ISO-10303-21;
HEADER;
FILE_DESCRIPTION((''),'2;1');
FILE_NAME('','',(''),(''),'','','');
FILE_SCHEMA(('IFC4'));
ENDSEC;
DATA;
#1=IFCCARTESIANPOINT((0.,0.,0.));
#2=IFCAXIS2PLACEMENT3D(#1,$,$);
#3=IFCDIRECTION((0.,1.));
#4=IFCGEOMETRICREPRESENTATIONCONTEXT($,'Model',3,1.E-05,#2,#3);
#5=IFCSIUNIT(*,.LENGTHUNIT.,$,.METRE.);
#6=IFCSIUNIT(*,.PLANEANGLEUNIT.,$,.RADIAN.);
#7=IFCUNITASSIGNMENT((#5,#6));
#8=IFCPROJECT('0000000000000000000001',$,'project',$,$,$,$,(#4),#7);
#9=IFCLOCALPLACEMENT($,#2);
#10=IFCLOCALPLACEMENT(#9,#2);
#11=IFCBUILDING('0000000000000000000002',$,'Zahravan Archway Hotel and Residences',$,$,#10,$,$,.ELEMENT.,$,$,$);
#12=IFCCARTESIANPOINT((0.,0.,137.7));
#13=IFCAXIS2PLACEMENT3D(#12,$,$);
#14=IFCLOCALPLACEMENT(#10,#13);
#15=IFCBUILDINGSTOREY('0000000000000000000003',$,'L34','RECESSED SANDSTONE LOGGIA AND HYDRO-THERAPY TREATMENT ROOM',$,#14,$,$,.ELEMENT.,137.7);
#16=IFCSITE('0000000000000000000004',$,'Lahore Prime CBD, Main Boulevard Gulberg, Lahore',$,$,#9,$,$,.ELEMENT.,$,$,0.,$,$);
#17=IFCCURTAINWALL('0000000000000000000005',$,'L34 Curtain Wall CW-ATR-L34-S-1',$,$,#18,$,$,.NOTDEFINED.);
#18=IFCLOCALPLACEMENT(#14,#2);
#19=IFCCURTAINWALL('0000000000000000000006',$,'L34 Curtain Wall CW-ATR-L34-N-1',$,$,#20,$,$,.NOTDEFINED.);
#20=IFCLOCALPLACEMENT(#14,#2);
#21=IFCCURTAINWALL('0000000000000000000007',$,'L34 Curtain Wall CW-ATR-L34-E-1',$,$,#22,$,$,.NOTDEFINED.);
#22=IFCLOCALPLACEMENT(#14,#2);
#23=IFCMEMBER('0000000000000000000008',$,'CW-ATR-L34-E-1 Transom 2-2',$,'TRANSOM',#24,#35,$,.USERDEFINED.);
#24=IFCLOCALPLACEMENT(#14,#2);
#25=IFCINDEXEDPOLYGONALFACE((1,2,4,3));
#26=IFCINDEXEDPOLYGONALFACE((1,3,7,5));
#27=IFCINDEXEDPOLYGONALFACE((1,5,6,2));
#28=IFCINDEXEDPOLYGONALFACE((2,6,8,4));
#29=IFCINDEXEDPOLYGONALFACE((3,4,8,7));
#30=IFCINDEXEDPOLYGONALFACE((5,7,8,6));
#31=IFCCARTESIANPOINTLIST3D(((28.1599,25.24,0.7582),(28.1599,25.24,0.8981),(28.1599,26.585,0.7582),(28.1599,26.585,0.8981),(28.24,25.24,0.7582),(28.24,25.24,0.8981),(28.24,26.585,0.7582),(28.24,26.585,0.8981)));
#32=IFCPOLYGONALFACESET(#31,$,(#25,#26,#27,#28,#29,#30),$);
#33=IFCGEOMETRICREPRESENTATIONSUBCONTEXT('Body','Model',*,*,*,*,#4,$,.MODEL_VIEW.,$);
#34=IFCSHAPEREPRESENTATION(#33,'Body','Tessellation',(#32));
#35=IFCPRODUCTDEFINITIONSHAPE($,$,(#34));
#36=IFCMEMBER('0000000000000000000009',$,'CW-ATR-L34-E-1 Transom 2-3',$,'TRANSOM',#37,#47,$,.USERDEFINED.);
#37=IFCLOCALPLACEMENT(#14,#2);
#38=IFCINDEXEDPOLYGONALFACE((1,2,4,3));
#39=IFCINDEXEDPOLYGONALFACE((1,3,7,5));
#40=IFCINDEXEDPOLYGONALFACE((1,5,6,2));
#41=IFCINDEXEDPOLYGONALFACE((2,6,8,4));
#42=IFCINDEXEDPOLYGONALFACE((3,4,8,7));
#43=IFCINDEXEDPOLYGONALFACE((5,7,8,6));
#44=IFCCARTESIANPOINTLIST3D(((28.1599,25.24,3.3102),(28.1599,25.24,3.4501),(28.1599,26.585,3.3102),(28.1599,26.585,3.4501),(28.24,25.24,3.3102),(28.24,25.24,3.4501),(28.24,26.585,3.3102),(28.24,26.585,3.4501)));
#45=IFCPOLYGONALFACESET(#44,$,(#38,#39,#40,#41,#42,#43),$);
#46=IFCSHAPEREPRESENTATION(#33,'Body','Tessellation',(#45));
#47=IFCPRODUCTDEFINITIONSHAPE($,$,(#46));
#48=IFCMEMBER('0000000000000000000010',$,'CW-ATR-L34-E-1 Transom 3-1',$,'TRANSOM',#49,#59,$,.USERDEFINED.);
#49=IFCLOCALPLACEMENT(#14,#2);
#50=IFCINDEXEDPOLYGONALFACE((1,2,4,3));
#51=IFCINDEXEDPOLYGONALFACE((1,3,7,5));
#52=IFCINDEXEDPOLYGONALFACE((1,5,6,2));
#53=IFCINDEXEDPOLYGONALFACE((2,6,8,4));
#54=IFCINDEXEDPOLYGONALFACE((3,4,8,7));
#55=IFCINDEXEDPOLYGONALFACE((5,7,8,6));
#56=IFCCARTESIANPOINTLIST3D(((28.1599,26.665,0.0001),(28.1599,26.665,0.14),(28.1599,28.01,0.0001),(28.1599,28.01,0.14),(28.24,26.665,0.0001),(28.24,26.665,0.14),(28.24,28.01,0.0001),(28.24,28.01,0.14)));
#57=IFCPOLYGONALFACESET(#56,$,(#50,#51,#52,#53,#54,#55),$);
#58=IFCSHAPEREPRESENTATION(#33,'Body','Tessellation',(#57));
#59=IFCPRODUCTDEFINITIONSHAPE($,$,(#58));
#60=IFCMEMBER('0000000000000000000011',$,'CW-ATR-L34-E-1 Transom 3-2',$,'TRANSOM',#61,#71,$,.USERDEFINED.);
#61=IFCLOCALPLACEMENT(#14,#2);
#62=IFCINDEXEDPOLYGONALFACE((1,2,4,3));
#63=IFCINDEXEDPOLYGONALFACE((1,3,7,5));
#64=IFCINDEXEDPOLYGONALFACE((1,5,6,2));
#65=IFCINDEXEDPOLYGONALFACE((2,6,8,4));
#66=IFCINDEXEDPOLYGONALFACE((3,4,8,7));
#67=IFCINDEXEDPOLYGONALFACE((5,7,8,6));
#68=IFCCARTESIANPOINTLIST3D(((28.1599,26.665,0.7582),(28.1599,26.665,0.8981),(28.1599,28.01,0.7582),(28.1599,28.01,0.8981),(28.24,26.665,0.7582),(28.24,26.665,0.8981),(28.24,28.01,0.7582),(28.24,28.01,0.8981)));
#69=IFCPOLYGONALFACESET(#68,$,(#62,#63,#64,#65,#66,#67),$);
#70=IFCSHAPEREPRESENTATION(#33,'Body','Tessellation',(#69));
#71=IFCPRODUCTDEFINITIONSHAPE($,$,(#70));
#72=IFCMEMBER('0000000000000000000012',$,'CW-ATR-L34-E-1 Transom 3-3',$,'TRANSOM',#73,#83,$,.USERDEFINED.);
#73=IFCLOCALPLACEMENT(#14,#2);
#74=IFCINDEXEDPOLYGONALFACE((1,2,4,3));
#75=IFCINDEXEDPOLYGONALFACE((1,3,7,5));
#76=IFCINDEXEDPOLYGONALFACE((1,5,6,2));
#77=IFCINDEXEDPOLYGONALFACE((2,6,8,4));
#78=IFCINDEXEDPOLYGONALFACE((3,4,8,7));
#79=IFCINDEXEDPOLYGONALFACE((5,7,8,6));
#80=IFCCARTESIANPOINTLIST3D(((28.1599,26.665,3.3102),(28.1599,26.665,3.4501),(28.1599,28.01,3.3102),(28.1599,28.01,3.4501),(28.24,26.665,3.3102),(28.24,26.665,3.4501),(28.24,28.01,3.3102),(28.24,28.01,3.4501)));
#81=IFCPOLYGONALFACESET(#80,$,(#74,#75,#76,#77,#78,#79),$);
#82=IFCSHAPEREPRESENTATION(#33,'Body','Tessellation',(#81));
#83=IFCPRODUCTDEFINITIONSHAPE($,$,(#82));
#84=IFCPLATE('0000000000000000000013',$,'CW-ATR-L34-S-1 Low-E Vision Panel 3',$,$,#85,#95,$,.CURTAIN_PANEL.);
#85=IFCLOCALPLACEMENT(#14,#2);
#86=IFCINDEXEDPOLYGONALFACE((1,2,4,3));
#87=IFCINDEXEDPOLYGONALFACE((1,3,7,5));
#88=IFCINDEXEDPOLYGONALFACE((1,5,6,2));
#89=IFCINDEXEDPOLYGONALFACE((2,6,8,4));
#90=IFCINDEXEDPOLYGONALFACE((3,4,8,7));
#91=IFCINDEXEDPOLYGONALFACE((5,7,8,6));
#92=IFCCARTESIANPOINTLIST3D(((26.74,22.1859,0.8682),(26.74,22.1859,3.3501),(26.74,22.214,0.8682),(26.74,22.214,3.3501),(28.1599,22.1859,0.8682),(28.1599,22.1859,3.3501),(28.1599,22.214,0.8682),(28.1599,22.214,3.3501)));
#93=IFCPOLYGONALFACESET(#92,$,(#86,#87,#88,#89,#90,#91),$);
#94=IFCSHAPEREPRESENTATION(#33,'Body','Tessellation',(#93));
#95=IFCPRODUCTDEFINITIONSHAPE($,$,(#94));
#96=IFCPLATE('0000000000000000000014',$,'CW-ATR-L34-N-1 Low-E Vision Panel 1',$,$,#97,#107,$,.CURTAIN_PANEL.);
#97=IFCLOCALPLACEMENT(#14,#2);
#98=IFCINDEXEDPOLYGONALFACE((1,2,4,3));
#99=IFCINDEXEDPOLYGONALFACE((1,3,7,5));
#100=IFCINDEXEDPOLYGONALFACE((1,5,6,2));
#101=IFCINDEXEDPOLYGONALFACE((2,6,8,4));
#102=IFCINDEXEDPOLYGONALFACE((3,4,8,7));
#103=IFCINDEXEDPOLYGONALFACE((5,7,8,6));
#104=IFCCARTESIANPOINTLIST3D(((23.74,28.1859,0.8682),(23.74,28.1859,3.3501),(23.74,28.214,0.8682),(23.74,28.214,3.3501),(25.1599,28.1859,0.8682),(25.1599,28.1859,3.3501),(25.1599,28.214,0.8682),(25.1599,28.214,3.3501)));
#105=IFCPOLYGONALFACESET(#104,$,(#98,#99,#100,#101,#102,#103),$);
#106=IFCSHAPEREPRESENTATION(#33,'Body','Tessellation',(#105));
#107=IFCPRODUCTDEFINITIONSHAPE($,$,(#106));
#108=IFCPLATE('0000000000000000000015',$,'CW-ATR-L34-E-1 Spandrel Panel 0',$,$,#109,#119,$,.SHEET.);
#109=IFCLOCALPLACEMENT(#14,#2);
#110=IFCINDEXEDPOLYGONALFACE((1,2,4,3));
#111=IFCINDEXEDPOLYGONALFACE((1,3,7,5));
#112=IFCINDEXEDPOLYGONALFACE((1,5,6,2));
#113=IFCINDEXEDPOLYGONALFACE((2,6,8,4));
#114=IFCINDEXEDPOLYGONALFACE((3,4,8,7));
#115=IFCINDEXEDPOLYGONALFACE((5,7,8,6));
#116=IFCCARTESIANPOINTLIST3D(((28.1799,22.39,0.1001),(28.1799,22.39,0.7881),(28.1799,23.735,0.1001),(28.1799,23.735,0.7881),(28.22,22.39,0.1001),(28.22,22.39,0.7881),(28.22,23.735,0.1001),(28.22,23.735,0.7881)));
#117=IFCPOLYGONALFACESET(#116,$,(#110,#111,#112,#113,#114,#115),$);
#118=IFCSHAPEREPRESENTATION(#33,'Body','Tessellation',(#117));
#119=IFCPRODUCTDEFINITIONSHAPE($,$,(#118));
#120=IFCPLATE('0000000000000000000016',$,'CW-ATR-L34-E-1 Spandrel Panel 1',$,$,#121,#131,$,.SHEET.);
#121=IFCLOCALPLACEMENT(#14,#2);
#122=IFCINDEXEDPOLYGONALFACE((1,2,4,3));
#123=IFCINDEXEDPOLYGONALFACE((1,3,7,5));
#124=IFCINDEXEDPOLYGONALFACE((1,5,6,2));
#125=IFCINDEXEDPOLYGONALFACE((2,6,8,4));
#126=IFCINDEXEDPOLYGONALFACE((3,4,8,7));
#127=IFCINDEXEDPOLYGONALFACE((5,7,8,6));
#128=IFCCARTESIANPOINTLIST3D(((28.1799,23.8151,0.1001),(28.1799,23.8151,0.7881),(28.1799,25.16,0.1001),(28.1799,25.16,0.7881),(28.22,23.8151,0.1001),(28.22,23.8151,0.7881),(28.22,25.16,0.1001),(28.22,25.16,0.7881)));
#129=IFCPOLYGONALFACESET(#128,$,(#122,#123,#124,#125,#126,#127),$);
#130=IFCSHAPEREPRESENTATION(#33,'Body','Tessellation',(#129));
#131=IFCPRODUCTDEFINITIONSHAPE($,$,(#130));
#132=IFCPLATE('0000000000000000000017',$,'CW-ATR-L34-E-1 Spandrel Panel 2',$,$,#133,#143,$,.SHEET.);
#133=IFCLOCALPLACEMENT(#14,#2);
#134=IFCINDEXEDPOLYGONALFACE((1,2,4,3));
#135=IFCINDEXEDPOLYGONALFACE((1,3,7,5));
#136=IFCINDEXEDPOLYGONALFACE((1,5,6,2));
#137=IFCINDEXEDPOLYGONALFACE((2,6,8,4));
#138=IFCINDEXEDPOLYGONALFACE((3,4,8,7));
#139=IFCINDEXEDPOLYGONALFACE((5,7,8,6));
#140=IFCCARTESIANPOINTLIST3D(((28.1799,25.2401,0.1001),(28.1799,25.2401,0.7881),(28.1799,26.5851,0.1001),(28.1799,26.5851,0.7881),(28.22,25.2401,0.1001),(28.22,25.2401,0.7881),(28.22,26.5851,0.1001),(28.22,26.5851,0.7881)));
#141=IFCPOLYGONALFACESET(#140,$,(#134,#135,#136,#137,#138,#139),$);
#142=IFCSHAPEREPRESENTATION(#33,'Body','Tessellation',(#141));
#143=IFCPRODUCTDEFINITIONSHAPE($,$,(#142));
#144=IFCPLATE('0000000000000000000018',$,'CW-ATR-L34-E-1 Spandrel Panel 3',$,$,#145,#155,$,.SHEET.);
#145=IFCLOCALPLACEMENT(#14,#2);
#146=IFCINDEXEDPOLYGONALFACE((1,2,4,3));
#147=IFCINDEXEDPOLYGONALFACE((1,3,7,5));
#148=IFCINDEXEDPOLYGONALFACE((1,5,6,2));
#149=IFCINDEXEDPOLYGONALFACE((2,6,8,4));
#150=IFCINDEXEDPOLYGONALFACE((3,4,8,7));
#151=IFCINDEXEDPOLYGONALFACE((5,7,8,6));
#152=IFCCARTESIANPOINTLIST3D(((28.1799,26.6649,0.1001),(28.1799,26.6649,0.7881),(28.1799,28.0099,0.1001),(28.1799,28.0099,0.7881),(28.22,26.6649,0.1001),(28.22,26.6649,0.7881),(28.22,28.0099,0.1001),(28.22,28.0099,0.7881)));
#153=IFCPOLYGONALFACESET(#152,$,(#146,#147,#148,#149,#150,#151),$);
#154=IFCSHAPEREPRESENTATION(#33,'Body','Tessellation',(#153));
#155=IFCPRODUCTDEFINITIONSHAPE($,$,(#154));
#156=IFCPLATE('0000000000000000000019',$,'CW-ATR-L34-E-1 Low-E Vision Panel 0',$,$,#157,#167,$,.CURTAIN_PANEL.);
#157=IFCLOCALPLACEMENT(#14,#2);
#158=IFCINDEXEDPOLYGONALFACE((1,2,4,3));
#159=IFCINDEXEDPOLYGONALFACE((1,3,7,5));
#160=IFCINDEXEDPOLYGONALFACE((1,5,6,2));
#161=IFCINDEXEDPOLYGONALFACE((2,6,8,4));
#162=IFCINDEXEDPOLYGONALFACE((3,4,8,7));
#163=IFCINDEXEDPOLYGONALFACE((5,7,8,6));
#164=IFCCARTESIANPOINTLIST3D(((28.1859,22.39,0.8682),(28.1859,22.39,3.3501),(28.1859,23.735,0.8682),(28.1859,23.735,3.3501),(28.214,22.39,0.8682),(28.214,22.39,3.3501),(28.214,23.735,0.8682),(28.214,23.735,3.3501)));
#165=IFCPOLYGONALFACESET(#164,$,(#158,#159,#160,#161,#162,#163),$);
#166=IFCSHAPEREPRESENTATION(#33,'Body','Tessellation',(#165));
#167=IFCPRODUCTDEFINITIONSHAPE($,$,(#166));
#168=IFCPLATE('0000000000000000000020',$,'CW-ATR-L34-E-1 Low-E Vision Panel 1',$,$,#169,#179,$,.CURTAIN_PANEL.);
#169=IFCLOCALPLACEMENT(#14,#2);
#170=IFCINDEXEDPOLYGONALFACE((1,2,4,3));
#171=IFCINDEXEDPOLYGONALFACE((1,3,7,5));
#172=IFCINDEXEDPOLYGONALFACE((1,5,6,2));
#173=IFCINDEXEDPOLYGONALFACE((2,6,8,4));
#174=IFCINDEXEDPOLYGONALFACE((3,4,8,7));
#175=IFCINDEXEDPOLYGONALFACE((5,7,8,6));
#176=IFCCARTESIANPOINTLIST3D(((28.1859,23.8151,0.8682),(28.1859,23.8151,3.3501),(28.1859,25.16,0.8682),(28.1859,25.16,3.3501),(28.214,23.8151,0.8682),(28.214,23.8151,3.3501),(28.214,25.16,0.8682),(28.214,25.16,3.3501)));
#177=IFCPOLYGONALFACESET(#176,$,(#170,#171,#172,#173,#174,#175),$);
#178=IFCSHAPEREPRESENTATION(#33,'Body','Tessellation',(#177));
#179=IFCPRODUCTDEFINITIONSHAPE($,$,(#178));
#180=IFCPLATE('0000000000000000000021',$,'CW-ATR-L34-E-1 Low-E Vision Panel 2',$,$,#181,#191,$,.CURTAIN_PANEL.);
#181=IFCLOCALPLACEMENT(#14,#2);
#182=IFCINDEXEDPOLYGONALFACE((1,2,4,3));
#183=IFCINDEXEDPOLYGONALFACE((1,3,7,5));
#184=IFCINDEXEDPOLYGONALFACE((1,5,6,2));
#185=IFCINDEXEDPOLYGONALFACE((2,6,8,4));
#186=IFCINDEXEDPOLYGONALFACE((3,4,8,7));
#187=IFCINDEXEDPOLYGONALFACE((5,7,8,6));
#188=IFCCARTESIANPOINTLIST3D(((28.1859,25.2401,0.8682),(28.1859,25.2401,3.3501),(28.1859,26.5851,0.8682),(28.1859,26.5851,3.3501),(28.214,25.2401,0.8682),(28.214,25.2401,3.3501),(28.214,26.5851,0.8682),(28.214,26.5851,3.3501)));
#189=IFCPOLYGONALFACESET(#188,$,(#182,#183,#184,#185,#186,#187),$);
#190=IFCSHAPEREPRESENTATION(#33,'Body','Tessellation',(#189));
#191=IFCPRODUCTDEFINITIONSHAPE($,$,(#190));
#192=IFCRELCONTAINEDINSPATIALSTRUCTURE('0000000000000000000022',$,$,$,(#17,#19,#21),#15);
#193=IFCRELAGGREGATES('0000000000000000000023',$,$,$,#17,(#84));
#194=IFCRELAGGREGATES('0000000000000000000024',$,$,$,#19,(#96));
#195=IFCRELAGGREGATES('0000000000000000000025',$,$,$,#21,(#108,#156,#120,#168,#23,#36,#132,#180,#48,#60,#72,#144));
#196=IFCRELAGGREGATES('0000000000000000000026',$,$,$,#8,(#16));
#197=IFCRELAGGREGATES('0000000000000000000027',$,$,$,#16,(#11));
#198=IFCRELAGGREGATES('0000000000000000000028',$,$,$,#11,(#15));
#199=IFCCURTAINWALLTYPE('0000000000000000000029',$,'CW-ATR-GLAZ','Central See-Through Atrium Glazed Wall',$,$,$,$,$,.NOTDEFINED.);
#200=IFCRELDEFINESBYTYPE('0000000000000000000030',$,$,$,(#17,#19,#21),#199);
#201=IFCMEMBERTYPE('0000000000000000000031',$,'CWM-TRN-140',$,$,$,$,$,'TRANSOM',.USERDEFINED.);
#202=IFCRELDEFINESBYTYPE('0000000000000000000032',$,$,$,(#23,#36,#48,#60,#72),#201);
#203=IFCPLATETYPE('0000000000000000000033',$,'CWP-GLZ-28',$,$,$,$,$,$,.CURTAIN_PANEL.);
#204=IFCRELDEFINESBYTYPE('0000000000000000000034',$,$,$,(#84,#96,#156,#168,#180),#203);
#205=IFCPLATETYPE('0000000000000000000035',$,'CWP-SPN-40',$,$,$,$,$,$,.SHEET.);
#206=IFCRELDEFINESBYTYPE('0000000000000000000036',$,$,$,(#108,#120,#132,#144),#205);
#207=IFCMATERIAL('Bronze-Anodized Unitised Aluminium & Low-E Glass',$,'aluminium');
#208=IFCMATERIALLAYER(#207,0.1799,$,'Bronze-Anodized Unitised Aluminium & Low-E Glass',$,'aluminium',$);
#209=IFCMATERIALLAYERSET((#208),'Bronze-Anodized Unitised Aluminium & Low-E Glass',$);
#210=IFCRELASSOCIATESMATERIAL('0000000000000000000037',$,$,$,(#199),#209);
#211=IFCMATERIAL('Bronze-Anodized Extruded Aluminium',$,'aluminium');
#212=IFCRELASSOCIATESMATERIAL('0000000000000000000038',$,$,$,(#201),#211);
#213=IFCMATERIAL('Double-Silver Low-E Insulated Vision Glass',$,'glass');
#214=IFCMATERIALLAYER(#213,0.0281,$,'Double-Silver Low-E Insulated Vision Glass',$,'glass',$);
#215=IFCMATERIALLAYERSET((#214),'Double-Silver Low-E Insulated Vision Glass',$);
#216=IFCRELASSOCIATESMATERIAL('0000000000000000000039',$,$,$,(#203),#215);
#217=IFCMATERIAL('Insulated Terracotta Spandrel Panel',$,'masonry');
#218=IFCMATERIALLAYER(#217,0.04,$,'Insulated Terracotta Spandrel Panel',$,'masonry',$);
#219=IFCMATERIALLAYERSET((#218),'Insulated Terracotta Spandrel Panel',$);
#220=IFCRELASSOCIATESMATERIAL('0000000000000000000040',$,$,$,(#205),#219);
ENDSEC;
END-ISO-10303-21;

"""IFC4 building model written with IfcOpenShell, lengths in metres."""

from ifc_helpers import new_model, si_unit, direction, frame, origin, origin_2d, place, context, subcontext, project, spatial, rectangle, extrude, source, transform, mapped, material, layer, layer_set, material_profile, profile_set, type_object, element, aggregate, save


model = new_model("IFC4")

# Units and contexts
model_context = context("Model", 3, precision=1e-05, world=origin(), true_north=direction((0.0, 1.0)))
body_context = subcontext(model_context, "Body", "Model", "MODEL_VIEW")
ifc_project = project(units=[si_unit("LENGTHUNIT", "METRE"), si_unit("PLANEANGLEUNIT", "RADIAN")], contexts=[model_context])

# Site, building, storey
site_placement = place(None, origin())
site = spatial("IfcSite", under=ifc_project, at=site_placement, Name="Lahore Prime CBD, Main Boulevard Gulberg, Lahore", CompositionType="ELEMENT", RefElevation=0.0)
building_placement = place(site_placement, origin())
building = spatial("IfcBuilding", under=site, at=building_placement, Name="Zahravan Archway Hotel and Residences", CompositionType="ELEMENT")
storey_placement = place(building_placement, frame((0.0, 0.0, 137.7)))
storey = spatial("IfcBuildingStorey", under=building, at=storey_placement, Name="L34", Description="RECESSED SANDSTONE LOGGIA AND HYDRO-THERAPY TREATMENT ROOM", CompositionType="ELEMENT", Elevation=137.7)

# Curtain walls
ifc_material_1 = material(Name="Bronze-Anodized Unitised Aluminium & Low-E Glass", Category="aluminium")
ifc_layer_1 = layer(ifc_material_1, 0.1799, Name="Bronze-Anodized Unitised Aluminium & Low-E Glass", Category="aluminium")
ifc_layer_set_1 = layer_set([ifc_layer_1], Name="Bronze-Anodized Unitised Aluminium & Low-E Glass")
curtain_wall_type = type_object("IfcCurtainWallType", Name="CW-ATR-GLAZ", Description="Central See-Through Atrium Glazed Wall", PredefinedType="NOTDEFINED", material=ifc_layer_set_1)
curtain_wall_1_placement = place(storey_placement, origin())
curtain_wall_1 = element("IfcCurtainWall", 1, at=curtain_wall_1_placement, inside=storey, type_object=curtain_wall_type, Name="L34 Curtain Wall CW-ATR-L34-S-1", PredefinedType="NOTDEFINED")
ifc_material_2 = material(Name="Bronze-Anodized Extruded Aluminium", Category="aluminium")
curtain_wall_2_placement = place(storey_placement, origin())
curtain_wall_2 = element("IfcCurtainWall", 2, at=curtain_wall_2_placement, inside=storey, type_object=curtain_wall_type, Name="L34 Curtain Wall CW-ATR-L34-N-1", PredefinedType="NOTDEFINED")

# Curtain wall, members
curtain_wall_3_placement = place(storey_placement, origin())
curtain_wall_3 = element("IfcCurtainWall", 3, at=curtain_wall_3_placement, inside=storey, type_object=curtain_wall_type, Name="L34 Curtain Wall CW-ATR-L34-E-1", PredefinedType="NOTDEFINED")
ifc_material_profile_1 = material_profile(ifc_material_2, rectangle(XDim=0.0801, YDim=0.1399, at=origin_2d()), Name="TRN 80x140", Category="aluminium")
ifc_profile_set_1 = profile_set([ifc_material_profile_1], Name="Bronze-Anodized Extruded Aluminium")
member_type_1 = type_object("IfcMemberType", Name="CWM-TRN-140", ElementType="TRANSOM", PredefinedType="USERDEFINED", material=ifc_profile_set_1)
shared_shape_1 = source(origin(), body_context, "Body", "SweptSolid", [
    extrude(rectangle(XDim=0.0801, YDim=0.1399, at=origin_2d()), origin(), (0.0, 0.0, 1.0), 1.345),
])
member_1_placement = place(storey_placement, frame((28.2, 25.24, 0.8281), z_axis=(0.0, 1.0, 0.0), x_axis=(-1.0, 0.0, 0.0)))
member_1 = element("IfcMember", 4, at=member_1_placement, type_object=member_type_1, Name="CW-ATR-L34-E-1 Transom 2-2", ObjectType="TRANSOM", PredefinedType="USERDEFINED", context=body_context, shape_type="MappedRepresentation", body=[
    mapped(shared_shape_1, transform((0.0, 0.0, 0.0), scale=1.0)),
])
member_2_placement = place(storey_placement, frame((28.2, 25.24, 3.3801), z_axis=(0.0, 1.0, 0.0), x_axis=(-1.0, 0.0, 0.0)))
member_2 = element("IfcMember", 5, at=member_2_placement, type_object=member_type_1, Name="CW-ATR-L34-E-1 Transom 2-3", ObjectType="TRANSOM", PredefinedType="USERDEFINED", context=body_context, shape_type="MappedRepresentation", body=[
    mapped(shared_shape_1, transform((0.0, 0.0, 0.0), scale=1.0)),
])
member_3_placement = place(storey_placement, frame((28.2, 26.665, 0.0701), z_axis=(0.0, 1.0, 0.0), x_axis=(-1.0, 0.0, 0.0)))
member_3 = element("IfcMember", 6, at=member_3_placement, type_object=member_type_1, Name="CW-ATR-L34-E-1 Transom 3-1", ObjectType="TRANSOM", PredefinedType="USERDEFINED", context=body_context, shape_type="MappedRepresentation", body=[
    mapped(shared_shape_1, transform((0.0, 0.0, 0.0), scale=1.0)),
])
member_4_placement = place(storey_placement, frame((28.2, 26.665, 0.8281), z_axis=(0.0, 1.0, 0.0), x_axis=(-1.0, 0.0, 0.0)))
member_4 = element("IfcMember", 7, at=member_4_placement, type_object=member_type_1, Name="CW-ATR-L34-E-1 Transom 3-2", ObjectType="TRANSOM", PredefinedType="USERDEFINED", context=body_context, shape_type="MappedRepresentation", body=[
    mapped(shared_shape_1, transform((0.0, 0.0, 0.0), scale=1.0)),
])
member_5_placement = place(storey_placement, frame((28.2, 26.665, 3.3801), z_axis=(0.0, 1.0, 0.0), x_axis=(-1.0, 0.0, 0.0)))
member_5 = element("IfcMember", 8, at=member_5_placement, type_object=member_type_1, Name="CW-ATR-L34-E-1 Transom 3-3", ObjectType="TRANSOM", PredefinedType="USERDEFINED", context=body_context, shape_type="MappedRepresentation", body=[
    mapped(shared_shape_1, transform((0.0, 0.0, 0.0), scale=1.0)),
])

# Plates
ifc_material_3 = material(Name="Double-Silver Low-E Insulated Vision Glass", Category="glass")
ifc_layer_2 = layer(ifc_material_3, 0.0281, Name="Double-Silver Low-E Insulated Vision Glass", Category="glass")
ifc_layer_set_2 = layer_set([ifc_layer_2], Name="Double-Silver Low-E Insulated Vision Glass")
plate_type_1 = type_object("IfcPlateType", Name="CWP-GLZ-28", PredefinedType="CURTAIN_PANEL", material=ifc_layer_set_2)
shared_shape_2 = source(origin(), body_context, "Body", "SweptSolid", [
    extrude(rectangle(XDim=1.4199, YDim=0.0281, at=origin_2d()), origin(), (0.0, 0.0, 1.0), 2.4819),
])
plate_1_placement = place(storey_placement, frame((27.45, 22.2, 0.8682), z_axis=(0.0, 0.0, 1.0), x_axis=(1.0, 0.0, 0.0)))
plate_1 = element("IfcPlate", 9, at=plate_1_placement, type_object=plate_type_1, Name="CW-ATR-L34-S-1 Low-E Vision Panel 3", PredefinedType="CURTAIN_PANEL", context=body_context, shape_type="MappedRepresentation", body=[
    mapped(shared_shape_2, transform((0.0, 0.0, 0.0), scale=1.0)),
])
aggregate(curtain_wall_1, [plate_1])
plate_2_placement = place(storey_placement, frame((24.45, 28.2, 0.8682), z_axis=(0.0, 0.0, 1.0), x_axis=(1.0, 0.0, 0.0)))
plate_2 = element("IfcPlate", 10, at=plate_2_placement, type_object=plate_type_1, Name="CW-ATR-L34-N-1 Low-E Vision Panel 1", PredefinedType="CURTAIN_PANEL", context=body_context, shape_type="MappedRepresentation", body=[
    mapped(shared_shape_2, transform((0.0, 0.0, 0.0), scale=1.0)),
])
aggregate(curtain_wall_2, [plate_2])
ifc_material_4 = material(Name="Insulated Terracotta Spandrel Panel", Category="masonry")
ifc_layer_3 = layer(ifc_material_4, 0.04, Name="Insulated Terracotta Spandrel Panel", Category="masonry")
ifc_layer_set_3 = layer_set([ifc_layer_3], Name="Insulated Terracotta Spandrel Panel")
plate_type_2 = type_object("IfcPlateType", Name="CWP-SPN-40", PredefinedType="SHEET", material=ifc_layer_set_3)
shared_shape_3 = source(origin(), body_context, "Body", "SweptSolid", [
    extrude(rectangle(XDim=1.345, YDim=0.04, at=origin_2d()), origin(), (0.0, 0.0, 1.0), 0.688),
])
plate_3_placement = place(storey_placement, frame((28.2, 23.0625, 0.1001), z_axis=(0.0, 0.0, 1.0), x_axis=(0.0, 1.0, 0.0)))
plate_3 = element("IfcPlate", 11, at=plate_3_placement, type_object=plate_type_2, Name="CW-ATR-L34-E-1 Spandrel Panel 0", PredefinedType="SHEET", context=body_context, shape_type="MappedRepresentation", body=[
    mapped(shared_shape_3, transform((0.0, 0.0, 0.0), scale=1.0)),
])
plate_4_placement = place(storey_placement, frame((28.2, 24.4875, 0.1001), z_axis=(0.0, 0.0, 1.0), x_axis=(0.0, 1.0, 0.0)))
plate_4 = element("IfcPlate", 12, at=plate_4_placement, type_object=plate_type_2, Name="CW-ATR-L34-E-1 Spandrel Panel 1", PredefinedType="SHEET", context=body_context, shape_type="MappedRepresentation", body=[
    mapped(shared_shape_3, transform((0.0, 0.0, 0.0), scale=1.0)),
])
plate_5_placement = place(storey_placement, frame((28.2, 25.9126, 0.1001), z_axis=(0.0, 0.0, 1.0), x_axis=(0.0, 1.0, 0.0)))
plate_5 = element("IfcPlate", 13, at=plate_5_placement, type_object=plate_type_2, Name="CW-ATR-L34-E-1 Spandrel Panel 2", PredefinedType="SHEET", context=body_context, shape_type="MappedRepresentation", body=[
    mapped(shared_shape_3, transform((0.0, 0.0, 0.0), scale=1.0)),
])
plate_6_placement = place(storey_placement, frame((28.2, 27.3374, 0.1001), z_axis=(0.0, 0.0, 1.0), x_axis=(0.0, 1.0, 0.0)))
plate_6 = element("IfcPlate", 14, at=plate_6_placement, type_object=plate_type_2, Name="CW-ATR-L34-E-1 Spandrel Panel 3", PredefinedType="SHEET", context=body_context, shape_type="MappedRepresentation", body=[
    mapped(shared_shape_3, transform((0.0, 0.0, 0.0), scale=1.0)),
])
shared_shape_4 = source(origin(), body_context, "Body", "SweptSolid", [
    extrude(rectangle(XDim=1.345, YDim=0.0281, at=origin_2d()), origin(), (0.0, 0.0, 1.0), 2.4819),
])
plate_7_placement = place(storey_placement, frame((28.2, 23.0625, 0.8682), z_axis=(0.0, 0.0, 1.0), x_axis=(0.0, 1.0, 0.0)))
plate_7 = element("IfcPlate", 15, at=plate_7_placement, type_object=plate_type_1, Name="CW-ATR-L34-E-1 Low-E Vision Panel 0", PredefinedType="CURTAIN_PANEL", context=body_context, shape_type="MappedRepresentation", body=[
    mapped(shared_shape_4, transform((0.0, 0.0, 0.0), scale=1.0)),
])
plate_8_placement = place(storey_placement, frame((28.2, 24.4875, 0.8682), z_axis=(0.0, 0.0, 1.0), x_axis=(0.0, 1.0, 0.0)))
plate_8 = element("IfcPlate", 16, at=plate_8_placement, type_object=plate_type_1, Name="CW-ATR-L34-E-1 Low-E Vision Panel 1", PredefinedType="CURTAIN_PANEL", context=body_context, shape_type="MappedRepresentation", body=[
    mapped(shared_shape_4, transform((0.0, 0.0, 0.0), scale=1.0)),
])
plate_9_placement = place(storey_placement, frame((28.2, 25.9126, 0.8682), z_axis=(0.0, 0.0, 1.0), x_axis=(0.0, 1.0, 0.0)))
plate_9 = element("IfcPlate", 17, at=plate_9_placement, type_object=plate_type_1, Name="CW-ATR-L34-E-1 Low-E Vision Panel 2", PredefinedType="CURTAIN_PANEL", context=body_context, shape_type="MappedRepresentation", body=[
    mapped(shared_shape_4, transform((0.0, 0.0, 0.0), scale=1.0)),
])
aggregate(curtain_wall_3, [plate_3, plate_7, plate_4, plate_8, member_1, member_2, plate_5, plate_9, member_3, member_4, member_5, plate_6])

save(model, "model.ifc")
